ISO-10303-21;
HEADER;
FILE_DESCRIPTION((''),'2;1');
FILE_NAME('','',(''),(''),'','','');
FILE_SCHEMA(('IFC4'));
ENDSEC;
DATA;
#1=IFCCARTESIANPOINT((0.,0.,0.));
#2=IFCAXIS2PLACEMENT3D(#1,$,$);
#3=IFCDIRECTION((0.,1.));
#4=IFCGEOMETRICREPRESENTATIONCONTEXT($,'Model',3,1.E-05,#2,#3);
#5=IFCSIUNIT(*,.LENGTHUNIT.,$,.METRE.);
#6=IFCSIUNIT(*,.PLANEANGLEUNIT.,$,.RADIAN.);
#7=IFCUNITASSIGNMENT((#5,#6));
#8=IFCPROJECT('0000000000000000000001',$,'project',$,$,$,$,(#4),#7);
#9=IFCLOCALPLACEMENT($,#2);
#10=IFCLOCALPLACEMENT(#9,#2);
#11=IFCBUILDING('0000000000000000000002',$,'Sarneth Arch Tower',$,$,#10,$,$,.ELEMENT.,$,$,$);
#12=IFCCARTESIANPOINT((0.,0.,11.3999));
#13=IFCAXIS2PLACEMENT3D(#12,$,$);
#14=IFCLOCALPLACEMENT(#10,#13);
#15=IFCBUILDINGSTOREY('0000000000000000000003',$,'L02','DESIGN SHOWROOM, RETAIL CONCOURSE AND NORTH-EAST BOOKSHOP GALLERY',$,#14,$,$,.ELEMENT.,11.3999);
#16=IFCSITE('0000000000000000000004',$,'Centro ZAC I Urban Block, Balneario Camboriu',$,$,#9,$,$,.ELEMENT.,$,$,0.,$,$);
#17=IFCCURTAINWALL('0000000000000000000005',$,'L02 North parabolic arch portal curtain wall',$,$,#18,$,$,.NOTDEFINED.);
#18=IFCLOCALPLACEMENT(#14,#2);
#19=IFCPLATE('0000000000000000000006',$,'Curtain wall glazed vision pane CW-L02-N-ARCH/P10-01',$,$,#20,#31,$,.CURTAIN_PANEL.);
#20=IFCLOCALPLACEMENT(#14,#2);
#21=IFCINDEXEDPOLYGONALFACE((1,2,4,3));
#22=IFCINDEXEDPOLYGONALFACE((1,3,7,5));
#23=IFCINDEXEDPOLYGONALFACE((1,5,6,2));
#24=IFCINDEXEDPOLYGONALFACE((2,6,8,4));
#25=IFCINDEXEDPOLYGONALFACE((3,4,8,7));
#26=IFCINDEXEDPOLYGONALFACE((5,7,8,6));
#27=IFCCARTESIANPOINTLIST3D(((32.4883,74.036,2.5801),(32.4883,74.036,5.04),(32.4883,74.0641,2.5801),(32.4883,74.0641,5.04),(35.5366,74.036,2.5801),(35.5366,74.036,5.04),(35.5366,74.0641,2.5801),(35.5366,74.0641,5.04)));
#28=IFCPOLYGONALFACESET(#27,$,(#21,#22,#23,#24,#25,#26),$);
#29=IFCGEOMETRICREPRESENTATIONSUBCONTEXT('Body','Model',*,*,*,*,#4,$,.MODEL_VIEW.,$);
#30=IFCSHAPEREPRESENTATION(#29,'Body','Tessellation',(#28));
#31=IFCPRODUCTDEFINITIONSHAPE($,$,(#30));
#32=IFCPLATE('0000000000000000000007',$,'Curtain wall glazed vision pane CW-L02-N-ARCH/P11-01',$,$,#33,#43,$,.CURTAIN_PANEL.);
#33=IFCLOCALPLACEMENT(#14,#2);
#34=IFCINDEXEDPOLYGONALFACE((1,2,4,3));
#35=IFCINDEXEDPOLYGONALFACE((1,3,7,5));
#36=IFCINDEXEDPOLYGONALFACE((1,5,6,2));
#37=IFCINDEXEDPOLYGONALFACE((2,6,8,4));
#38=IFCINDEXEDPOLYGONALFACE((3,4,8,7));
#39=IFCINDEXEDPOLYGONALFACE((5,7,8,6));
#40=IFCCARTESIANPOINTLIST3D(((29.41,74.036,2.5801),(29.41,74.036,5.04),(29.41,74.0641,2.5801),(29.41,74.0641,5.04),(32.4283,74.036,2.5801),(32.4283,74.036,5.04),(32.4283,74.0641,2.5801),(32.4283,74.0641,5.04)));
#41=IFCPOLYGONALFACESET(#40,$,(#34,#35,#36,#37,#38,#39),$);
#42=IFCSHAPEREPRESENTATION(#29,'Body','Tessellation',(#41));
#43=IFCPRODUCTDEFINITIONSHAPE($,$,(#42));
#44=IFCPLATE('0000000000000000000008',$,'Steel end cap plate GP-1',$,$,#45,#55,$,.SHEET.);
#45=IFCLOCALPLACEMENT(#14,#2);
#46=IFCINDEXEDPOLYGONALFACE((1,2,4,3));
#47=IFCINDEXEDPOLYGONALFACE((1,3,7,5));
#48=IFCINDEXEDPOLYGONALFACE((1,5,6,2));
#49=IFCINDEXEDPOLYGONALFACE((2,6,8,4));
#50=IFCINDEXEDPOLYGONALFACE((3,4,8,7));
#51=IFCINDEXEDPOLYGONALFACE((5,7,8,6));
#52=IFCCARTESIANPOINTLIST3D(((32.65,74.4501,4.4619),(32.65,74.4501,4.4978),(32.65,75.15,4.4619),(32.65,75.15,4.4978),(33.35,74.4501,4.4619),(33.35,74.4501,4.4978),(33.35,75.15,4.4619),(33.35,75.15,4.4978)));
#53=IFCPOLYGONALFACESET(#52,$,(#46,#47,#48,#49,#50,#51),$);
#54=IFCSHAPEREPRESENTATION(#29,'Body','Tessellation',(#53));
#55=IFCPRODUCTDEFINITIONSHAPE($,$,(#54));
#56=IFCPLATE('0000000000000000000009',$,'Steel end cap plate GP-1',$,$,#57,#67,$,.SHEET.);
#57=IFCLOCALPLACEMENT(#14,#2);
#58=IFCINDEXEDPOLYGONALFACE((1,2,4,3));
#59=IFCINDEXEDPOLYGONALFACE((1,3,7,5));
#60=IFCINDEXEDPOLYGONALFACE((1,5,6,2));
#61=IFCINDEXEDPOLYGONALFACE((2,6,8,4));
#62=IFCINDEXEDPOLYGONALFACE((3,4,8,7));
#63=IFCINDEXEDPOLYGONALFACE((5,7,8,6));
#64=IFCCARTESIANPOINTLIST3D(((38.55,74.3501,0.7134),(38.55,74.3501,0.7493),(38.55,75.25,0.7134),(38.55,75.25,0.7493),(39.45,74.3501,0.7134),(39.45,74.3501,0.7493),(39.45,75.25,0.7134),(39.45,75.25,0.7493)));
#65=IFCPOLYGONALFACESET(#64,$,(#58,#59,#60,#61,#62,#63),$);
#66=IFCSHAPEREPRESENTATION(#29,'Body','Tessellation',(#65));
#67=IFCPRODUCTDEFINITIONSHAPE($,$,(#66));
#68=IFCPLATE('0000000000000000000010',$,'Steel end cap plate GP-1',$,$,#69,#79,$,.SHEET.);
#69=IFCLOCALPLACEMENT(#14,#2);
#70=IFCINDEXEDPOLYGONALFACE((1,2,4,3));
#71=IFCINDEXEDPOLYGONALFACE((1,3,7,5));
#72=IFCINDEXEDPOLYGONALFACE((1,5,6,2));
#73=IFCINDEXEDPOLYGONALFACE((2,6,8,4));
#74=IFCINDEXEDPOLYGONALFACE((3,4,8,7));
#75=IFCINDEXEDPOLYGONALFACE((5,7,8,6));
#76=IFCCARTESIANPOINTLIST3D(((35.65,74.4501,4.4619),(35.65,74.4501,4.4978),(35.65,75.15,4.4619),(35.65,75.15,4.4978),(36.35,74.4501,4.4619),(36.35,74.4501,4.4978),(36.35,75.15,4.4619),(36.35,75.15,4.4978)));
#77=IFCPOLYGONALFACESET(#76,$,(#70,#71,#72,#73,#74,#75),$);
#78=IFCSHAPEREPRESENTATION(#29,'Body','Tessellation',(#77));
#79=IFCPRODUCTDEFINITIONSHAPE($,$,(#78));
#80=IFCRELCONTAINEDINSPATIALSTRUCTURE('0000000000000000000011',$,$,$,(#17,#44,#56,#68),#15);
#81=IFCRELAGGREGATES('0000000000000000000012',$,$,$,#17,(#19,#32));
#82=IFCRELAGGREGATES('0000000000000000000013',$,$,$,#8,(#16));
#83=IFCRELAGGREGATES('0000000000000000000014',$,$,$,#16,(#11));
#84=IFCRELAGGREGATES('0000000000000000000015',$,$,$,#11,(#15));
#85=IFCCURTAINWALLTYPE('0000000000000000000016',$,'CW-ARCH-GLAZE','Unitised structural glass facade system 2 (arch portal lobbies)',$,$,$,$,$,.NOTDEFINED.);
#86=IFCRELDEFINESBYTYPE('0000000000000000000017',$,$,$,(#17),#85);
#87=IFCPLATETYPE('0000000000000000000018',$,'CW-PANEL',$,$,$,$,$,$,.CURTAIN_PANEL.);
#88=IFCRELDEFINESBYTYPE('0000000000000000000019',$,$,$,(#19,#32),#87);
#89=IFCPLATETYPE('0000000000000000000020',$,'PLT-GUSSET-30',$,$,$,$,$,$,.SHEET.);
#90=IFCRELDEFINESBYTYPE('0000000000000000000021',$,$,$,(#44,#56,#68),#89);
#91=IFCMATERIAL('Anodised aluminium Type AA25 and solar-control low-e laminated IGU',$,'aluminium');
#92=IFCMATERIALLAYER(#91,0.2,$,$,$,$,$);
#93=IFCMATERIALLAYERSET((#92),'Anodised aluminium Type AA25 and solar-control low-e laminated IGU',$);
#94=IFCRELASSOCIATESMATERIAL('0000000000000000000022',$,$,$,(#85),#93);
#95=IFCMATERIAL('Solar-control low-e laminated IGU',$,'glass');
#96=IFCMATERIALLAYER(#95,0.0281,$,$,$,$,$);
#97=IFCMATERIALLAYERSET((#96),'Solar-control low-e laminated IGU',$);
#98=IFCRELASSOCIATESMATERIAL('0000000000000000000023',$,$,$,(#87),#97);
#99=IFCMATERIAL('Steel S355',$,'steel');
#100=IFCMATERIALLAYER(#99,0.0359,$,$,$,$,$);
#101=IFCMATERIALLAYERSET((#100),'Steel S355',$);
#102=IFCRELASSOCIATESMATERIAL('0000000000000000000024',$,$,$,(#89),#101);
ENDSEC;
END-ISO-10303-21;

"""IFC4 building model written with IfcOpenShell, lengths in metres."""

from ifc_helpers import new_model, si_unit, direction, frame, origin, origin_2d, place, context, subcontext, project, spatial, rectangle, extrude, material, layer, layer_set, type_object, element, aggregate, save


model = new_model("IFC4")

# Units and contexts
model_context = context("Model", 3, precision=1e-05, world=origin(), true_north=direction((0.0, 1.0)))
body_context = subcontext(model_context, "Body", "Model", "MODEL_VIEW")
ifc_project = project(units=[si_unit("LENGTHUNIT", "METRE"), si_unit("PLANEANGLEUNIT", "RADIAN")], contexts=[model_context])

# Site, building, storey
site_placement = place(None, origin())
site = spatial("IfcSite", under=ifc_project, at=site_placement, Name="Centro ZAC I Urban Block, Balneario Camboriu", CompositionType="ELEMENT", RefElevation=0.0)
building_placement = place(site_placement, origin())
building = spatial("IfcBuilding", under=site, at=building_placement, Name="Sarneth Arch Tower", CompositionType="ELEMENT")
storey_placement = place(building_placement, frame((0.0, 0.0, 11.3999)))
storey = spatial("IfcBuildingStorey", under=building, at=storey_placement, Name="L02", Description="DESIGN SHOWROOM, RETAIL CONCOURSE AND NORTH-EAST BOOKSHOP GALLERY", CompositionType="ELEMENT", Elevation=11.3999)

# Curtain wall
ifc_material_1 = material(Name="Anodised aluminium Type AA25 and solar-control low-e laminated IGU", Category="aluminium")
ifc_layer_1 = layer(ifc_material_1, 0.2)
ifc_layer_set_1 = layer_set([ifc_layer_1], Name="Anodised aluminium Type AA25 and solar-control low-e laminated IGU")
curtain_wall_type = type_object("IfcCurtainWallType", Name="CW-ARCH-GLAZE", Description="Unitised structural glass facade system 2 (arch portal lobbies)", PredefinedType="NOTDEFINED", material=ifc_layer_set_1)
curtain_wall_placement = place(storey_placement, origin())
curtain_wall = element("IfcCurtainWall", 1, at=curtain_wall_placement, inside=storey, type_object=curtain_wall_type, Name="L02 North parabolic arch portal curtain wall", PredefinedType="NOTDEFINED")

# Plates
ifc_material_2 = material(Name="Solar-control low-e laminated IGU", Category="glass")
ifc_layer_2 = layer(ifc_material_2, 0.0281)
ifc_layer_set_2 = layer_set([ifc_layer_2], Name="Solar-control low-e laminated IGU")
plate_type_1 = type_object("IfcPlateType", Name="CW-PANEL", PredefinedType="CURTAIN_PANEL", material=ifc_layer_set_2)
plate_1_placement = place(storey_placement, frame((34.0125, 74.05, 2.5801), z_axis=(0.0, 0.0, 1.0), x_axis=(-1.0, 0.0, 0.0)))
plate_1 = element("IfcPlate", 2, at=plate_1_placement, type_object=plate_type_1, Name="Curtain wall glazed vision pane CW-L02-N-ARCH/P10-01", PredefinedType="CURTAIN_PANEL", context=body_context, shape_type="SweptSolid", body=[
    extrude(rectangle(XDim=3.0483, YDim=0.0281, at=origin_2d()), origin(), (0.0, 0.0, 1.0), 2.46),
])
plate_2_placement = place(storey_placement, frame((30.9192, 74.05, 2.5801), z_axis=(0.0, 0.0, 1.0), x_axis=(-1.0, 0.0, 0.0)))
plate_2 = element("IfcPlate", 3, at=plate_2_placement, type_object=plate_type_1, Name="Curtain wall glazed vision pane CW-L02-N-ARCH/P11-01", PredefinedType="CURTAIN_PANEL", context=body_context, shape_type="SweptSolid", body=[
    extrude(rectangle(XDim=3.0183, YDim=0.0281, at=origin_2d()), origin(), (0.0, 0.0, 1.0), 2.46),
])
aggregate(curtain_wall, [plate_1, plate_2])

# Plates
ifc_material_3 = material(Name="Steel S355", Category="steel")
ifc_layer_3 = layer(ifc_material_3, 0.0359)
ifc_layer_set_3 = layer_set([ifc_layer_3], Name="Steel S355")
plate_type_2 = type_object("IfcPlateType", Name="PLT-GUSSET-30", PredefinedType="SHEET", material=ifc_layer_set_3)
plate_3_placement = place(storey_placement, frame((33.0, 74.8, 4.4619), z_axis=(0.0, 0.0, 1.0), x_axis=(1.0, 0.0, 0.0)))
element("IfcPlate", 4, at=plate_3_placement, inside=storey, type_object=plate_type_2, Name="Steel end cap plate GP-1", PredefinedType="SHEET", context=body_context, shape_type="SweptSolid", body=[
    extrude(rectangle(XDim=0.7, YDim=0.7, at=origin_2d()), origin(), (0.0, 0.0, 1.0), 0.0359),
])
plate_4_placement = place(storey_placement, frame((39.0, 74.8, 0.7134), z_axis=(0.0, 0.0, 1.0), x_axis=(-1.0, 0.0, 0.0)))
element("IfcPlate", 5, at=plate_4_placement, inside=storey, type_object=plate_type_2, Name="Steel end cap plate GP-1", PredefinedType="SHEET", context=body_context, shape_type="SweptSolid", body=[
    extrude(rectangle(XDim=0.8999, YDim=0.8999, at=origin_2d()), origin(), (0.0, 0.0, 1.0), 0.0359),
])
plate_5_placement = place(storey_placement, frame((36.0, 74.8, 4.4619), z_axis=(0.0, 0.0, 1.0), x_axis=(1.0, 0.0, 0.0)))
element("IfcPlate", 6, at=plate_5_placement, inside=storey, type_object=plate_type_2, Name="Steel end cap plate GP-1", PredefinedType="SHEET", context=body_context, shape_type="SweptSolid", body=[
    extrude(rectangle(XDim=0.7, YDim=0.7, at=origin_2d()), origin(), (0.0, 0.0, 1.0), 0.0359),
])

save(model, "model.ifc")
